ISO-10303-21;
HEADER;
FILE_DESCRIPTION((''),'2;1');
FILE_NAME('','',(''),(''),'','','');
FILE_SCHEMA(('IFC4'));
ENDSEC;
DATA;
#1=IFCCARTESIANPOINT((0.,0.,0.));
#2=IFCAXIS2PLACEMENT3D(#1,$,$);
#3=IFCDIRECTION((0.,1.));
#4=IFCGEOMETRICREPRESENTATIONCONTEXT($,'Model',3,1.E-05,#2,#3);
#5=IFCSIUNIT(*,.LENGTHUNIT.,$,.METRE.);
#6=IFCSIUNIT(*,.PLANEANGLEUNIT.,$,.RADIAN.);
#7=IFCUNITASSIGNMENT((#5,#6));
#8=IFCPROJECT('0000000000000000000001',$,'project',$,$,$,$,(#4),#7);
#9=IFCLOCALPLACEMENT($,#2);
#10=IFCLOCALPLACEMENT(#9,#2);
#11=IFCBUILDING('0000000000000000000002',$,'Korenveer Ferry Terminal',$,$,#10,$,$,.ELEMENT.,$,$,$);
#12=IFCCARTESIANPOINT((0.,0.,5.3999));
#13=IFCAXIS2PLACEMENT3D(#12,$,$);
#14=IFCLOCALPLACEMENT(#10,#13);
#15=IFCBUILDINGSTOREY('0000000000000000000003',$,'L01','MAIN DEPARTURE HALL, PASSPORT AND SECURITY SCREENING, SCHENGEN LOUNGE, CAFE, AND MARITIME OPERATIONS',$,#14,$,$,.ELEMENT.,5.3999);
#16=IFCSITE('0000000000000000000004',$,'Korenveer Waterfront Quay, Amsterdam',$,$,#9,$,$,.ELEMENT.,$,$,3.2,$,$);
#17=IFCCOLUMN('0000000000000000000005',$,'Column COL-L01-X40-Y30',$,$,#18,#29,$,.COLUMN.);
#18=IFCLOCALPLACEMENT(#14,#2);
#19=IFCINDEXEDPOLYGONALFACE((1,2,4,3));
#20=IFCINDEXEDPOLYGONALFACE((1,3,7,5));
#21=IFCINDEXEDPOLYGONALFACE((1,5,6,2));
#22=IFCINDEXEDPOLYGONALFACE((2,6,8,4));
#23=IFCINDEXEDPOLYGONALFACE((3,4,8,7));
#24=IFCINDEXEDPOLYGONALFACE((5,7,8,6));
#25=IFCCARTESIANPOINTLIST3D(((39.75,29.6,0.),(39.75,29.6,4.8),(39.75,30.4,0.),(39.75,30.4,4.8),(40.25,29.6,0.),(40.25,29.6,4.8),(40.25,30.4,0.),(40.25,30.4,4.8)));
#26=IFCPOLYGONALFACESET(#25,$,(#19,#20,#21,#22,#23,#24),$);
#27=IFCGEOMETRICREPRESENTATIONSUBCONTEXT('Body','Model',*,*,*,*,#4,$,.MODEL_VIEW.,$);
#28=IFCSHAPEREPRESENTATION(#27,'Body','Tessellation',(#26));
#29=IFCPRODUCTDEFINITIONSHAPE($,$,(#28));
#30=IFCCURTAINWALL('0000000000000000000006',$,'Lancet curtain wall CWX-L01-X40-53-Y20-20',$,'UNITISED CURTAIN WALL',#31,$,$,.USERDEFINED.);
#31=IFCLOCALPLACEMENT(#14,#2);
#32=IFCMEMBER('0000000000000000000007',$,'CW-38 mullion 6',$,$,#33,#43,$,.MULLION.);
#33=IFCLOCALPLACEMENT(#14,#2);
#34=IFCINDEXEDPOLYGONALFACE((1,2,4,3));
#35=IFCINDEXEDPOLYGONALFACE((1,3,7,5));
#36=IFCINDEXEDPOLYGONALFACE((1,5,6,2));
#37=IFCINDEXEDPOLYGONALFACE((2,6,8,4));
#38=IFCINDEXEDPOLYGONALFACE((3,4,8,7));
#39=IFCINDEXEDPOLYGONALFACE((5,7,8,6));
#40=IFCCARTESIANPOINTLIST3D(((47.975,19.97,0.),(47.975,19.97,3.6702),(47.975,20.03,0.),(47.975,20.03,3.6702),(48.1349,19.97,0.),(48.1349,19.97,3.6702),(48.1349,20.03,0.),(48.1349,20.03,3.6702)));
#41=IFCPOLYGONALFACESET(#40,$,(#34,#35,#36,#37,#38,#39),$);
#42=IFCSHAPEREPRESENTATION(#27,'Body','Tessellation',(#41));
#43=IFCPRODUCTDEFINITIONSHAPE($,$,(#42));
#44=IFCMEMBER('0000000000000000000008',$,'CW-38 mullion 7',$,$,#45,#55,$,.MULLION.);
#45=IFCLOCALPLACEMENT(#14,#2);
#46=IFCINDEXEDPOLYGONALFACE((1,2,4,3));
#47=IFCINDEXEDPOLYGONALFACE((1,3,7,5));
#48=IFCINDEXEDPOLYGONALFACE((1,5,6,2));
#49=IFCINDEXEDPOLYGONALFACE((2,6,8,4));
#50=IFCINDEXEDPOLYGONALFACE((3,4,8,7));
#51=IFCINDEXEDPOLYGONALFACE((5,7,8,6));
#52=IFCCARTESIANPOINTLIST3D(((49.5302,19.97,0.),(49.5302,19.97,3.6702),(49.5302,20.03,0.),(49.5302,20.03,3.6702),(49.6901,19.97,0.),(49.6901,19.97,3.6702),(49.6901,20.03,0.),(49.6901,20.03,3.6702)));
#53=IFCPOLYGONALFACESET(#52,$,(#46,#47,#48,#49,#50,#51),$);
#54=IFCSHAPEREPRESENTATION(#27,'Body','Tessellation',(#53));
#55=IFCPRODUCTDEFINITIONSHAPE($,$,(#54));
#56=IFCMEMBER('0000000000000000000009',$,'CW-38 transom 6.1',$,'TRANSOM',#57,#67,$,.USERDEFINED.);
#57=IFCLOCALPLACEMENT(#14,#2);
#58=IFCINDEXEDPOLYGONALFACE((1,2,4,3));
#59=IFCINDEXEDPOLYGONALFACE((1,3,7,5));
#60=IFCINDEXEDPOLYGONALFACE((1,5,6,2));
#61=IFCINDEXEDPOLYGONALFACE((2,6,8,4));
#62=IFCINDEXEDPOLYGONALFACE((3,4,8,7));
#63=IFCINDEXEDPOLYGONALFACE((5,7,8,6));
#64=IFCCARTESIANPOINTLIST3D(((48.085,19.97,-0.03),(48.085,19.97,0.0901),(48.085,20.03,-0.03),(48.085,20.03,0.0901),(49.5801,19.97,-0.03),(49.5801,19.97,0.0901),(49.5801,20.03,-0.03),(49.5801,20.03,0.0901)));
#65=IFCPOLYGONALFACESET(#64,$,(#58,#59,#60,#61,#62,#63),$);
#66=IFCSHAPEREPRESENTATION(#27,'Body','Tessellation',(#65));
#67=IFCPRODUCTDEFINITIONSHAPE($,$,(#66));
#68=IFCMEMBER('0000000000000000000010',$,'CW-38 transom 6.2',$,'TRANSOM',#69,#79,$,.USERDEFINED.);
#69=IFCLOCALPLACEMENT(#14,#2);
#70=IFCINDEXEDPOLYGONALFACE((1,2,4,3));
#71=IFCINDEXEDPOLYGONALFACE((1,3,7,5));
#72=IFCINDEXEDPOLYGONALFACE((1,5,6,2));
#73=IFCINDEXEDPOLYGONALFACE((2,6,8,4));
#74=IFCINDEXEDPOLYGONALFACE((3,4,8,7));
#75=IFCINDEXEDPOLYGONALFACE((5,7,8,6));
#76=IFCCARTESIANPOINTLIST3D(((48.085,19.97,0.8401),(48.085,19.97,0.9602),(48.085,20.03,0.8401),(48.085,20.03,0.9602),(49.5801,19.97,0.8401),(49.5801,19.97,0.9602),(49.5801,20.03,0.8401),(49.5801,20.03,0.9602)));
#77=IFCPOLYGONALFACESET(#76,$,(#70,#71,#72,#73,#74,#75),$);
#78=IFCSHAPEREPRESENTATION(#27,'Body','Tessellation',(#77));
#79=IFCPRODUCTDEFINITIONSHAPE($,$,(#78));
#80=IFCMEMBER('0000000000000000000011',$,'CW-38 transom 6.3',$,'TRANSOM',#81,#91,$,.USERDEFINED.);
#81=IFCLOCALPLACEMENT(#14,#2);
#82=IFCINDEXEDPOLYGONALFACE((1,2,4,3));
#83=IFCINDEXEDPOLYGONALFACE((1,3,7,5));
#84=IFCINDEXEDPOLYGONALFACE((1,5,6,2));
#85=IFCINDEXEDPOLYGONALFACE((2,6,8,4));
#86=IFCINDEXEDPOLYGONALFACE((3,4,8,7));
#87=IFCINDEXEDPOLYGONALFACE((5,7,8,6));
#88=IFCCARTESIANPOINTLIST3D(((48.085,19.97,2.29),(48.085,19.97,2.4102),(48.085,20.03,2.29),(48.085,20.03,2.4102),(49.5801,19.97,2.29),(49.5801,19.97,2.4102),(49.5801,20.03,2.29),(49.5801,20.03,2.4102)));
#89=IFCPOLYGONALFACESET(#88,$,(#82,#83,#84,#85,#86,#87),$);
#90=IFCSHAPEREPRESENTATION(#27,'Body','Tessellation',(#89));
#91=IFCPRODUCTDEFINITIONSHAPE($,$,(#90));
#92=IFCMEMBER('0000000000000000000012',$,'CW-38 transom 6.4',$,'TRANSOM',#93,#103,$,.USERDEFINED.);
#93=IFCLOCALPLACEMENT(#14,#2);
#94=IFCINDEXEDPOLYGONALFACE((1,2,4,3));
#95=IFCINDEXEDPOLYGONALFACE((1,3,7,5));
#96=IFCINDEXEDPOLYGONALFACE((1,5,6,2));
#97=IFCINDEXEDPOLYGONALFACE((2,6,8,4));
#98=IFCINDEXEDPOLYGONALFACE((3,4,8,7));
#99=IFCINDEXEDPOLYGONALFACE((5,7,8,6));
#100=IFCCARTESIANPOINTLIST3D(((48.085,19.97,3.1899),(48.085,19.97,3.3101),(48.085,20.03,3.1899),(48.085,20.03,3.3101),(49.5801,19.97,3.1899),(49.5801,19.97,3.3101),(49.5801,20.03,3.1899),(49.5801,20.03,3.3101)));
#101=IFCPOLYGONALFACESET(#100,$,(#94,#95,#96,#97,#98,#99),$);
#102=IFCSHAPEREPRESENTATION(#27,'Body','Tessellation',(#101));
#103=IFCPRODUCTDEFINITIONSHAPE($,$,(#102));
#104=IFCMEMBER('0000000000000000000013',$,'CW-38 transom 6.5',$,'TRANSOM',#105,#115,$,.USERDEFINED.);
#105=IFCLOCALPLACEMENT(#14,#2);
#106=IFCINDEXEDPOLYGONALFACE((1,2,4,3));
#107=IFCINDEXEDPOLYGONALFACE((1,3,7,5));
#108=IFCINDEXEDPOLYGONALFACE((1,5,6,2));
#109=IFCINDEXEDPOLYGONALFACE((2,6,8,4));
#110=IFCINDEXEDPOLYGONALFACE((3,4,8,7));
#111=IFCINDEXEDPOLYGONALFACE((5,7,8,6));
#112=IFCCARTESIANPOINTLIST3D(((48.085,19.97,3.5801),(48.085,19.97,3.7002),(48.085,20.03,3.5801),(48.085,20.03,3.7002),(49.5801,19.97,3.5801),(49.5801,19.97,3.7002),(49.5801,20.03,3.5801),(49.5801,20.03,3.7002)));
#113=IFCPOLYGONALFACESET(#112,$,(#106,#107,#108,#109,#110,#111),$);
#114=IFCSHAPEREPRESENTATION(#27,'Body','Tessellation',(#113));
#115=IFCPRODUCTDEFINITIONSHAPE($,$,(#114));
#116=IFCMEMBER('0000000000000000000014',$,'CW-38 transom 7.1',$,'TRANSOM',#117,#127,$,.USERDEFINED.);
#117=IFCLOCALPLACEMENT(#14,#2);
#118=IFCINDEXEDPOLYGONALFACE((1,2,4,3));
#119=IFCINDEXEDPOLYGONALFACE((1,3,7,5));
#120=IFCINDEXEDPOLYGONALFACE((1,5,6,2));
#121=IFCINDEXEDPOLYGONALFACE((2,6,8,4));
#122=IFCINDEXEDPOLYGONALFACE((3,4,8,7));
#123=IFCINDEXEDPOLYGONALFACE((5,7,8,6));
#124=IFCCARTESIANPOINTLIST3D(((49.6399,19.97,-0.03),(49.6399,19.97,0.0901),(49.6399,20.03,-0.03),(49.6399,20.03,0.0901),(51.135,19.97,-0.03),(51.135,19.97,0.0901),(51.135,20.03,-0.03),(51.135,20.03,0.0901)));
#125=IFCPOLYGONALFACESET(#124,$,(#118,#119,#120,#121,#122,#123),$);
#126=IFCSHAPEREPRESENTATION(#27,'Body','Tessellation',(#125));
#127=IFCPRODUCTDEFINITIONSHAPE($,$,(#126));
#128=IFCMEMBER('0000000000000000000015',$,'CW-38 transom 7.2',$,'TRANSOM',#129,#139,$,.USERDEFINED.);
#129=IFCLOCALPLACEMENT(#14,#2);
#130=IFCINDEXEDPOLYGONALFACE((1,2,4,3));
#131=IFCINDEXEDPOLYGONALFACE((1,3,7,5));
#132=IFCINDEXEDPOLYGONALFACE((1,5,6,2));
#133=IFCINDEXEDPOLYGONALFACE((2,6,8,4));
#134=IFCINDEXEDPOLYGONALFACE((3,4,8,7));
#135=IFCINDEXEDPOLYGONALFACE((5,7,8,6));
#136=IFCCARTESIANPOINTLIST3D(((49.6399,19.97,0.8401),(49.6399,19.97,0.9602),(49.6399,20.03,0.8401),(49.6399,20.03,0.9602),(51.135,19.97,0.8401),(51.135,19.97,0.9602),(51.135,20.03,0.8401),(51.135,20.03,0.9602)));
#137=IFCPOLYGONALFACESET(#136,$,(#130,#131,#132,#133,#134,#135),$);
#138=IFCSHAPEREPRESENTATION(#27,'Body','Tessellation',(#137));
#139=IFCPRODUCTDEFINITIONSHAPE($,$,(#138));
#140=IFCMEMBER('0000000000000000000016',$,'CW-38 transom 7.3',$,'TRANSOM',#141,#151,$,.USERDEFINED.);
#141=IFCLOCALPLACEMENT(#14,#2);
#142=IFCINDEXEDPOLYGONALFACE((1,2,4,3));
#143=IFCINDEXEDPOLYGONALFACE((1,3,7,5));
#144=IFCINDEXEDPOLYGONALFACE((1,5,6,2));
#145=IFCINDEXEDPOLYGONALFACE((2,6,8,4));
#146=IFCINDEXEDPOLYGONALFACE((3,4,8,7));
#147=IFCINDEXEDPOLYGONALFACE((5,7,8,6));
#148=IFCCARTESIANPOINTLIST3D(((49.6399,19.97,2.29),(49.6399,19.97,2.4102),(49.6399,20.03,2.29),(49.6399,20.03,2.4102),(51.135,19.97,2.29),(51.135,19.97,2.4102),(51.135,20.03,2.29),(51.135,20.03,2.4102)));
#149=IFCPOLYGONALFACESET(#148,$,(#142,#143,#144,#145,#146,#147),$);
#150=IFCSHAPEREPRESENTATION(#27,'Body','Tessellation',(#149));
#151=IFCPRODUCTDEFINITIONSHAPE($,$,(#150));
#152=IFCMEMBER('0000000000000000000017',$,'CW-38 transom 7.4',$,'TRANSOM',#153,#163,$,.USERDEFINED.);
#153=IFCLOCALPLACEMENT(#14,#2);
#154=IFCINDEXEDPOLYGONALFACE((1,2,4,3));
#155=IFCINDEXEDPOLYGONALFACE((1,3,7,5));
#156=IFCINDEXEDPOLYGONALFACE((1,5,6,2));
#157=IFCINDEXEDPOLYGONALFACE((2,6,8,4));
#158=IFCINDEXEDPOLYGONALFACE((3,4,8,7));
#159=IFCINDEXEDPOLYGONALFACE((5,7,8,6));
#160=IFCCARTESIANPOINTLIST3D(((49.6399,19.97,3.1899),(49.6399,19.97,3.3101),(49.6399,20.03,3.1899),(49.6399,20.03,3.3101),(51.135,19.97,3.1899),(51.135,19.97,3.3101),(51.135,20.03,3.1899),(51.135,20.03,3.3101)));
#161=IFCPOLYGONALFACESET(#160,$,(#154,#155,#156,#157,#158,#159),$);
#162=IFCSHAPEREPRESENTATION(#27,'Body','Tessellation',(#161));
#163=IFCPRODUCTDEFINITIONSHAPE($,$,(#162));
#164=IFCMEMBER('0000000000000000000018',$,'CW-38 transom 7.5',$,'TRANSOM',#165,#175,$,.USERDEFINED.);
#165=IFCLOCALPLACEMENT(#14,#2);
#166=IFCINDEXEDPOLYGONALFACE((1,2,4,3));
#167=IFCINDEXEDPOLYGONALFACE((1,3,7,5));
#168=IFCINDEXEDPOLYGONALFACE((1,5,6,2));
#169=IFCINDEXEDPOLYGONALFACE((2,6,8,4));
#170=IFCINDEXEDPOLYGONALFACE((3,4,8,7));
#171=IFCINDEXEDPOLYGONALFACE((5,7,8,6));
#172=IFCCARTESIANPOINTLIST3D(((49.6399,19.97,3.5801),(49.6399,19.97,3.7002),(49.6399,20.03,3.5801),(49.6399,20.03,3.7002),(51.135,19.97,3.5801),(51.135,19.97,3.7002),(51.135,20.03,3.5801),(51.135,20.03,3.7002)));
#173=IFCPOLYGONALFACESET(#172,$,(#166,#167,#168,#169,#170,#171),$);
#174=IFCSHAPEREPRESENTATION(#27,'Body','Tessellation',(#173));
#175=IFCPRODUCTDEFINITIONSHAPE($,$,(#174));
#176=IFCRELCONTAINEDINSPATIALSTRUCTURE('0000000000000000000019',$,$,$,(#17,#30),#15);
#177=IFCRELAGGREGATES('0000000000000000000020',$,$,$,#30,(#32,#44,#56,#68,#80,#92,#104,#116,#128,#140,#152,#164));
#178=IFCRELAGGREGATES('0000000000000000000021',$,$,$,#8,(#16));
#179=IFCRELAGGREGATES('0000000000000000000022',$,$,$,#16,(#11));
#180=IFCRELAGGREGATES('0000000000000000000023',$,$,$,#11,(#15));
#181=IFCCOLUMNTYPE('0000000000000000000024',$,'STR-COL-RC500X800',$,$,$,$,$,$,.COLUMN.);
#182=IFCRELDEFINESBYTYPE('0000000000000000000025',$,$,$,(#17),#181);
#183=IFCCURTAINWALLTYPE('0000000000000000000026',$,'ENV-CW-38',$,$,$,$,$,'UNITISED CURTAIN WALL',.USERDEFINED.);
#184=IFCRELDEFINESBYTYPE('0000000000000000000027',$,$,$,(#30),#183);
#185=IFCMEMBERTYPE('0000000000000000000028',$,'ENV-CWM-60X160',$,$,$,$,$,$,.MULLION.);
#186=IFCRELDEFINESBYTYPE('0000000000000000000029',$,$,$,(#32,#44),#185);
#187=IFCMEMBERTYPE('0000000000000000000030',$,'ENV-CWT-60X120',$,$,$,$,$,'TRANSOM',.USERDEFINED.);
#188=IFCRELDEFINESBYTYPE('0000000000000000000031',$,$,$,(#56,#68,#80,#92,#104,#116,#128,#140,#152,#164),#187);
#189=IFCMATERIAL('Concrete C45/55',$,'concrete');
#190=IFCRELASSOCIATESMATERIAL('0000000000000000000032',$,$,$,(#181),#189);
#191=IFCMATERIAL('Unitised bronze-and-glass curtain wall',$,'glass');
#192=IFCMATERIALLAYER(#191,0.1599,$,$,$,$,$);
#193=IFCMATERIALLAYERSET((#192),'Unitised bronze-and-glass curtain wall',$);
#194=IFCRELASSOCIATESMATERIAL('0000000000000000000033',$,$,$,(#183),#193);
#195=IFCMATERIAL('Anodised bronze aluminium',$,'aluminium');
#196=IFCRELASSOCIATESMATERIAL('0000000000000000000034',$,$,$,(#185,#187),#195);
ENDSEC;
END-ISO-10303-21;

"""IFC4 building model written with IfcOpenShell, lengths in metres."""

from ifc_helpers import new_model, si_unit, direction, frame, origin, origin_2d, place, context, subcontext, project, spatial, rectangle, extrude, material, layer, layer_set, material_profile, profile_set, type_object, element, aggregate, save


model = new_model("IFC4")

# Units and contexts
model_context = context("Model", 3, precision=1e-05, world=origin(), true_north=direction((0.0, 1.0)))
body_context = subcontext(model_context, "Body", "Model", "MODEL_VIEW")
ifc_project = project(units=[si_unit("LENGTHUNIT", "METRE"), si_unit("PLANEANGLEUNIT", "RADIAN")], contexts=[model_context])

# Site, building, storey
site_placement = place(None, origin())
site = spatial("IfcSite", under=ifc_project, at=site_placement, Name="Korenveer Waterfront Quay, Amsterdam", CompositionType="ELEMENT", RefElevation=3.2)
building_placement = place(site_placement, origin())
building = spatial("IfcBuilding", under=site, at=building_placement, Name="Korenveer Ferry Terminal", CompositionType="ELEMENT")
storey_placement = place(building_placement, frame((0.0, 0.0, 5.3999)))
storey = spatial("IfcBuildingStorey", under=building, at=storey_placement, Name="L01", Description="MAIN DEPARTURE HALL, PASSPORT AND SECURITY SCREENING, SCHENGEN LOUNGE, CAFE, AND MARITIME OPERATIONS", CompositionType="ELEMENT", Elevation=5.3999)

# Column
ifc_material_1 = material(Name="Concrete C45/55", Category="concrete")
ifc_material_profile_1 = material_profile(ifc_material_1, rectangle(XDim=0.5, YDim=0.8, at=origin_2d()), Name="RC 500x800")
ifc_profile_set_1 = profile_set([ifc_material_profile_1], Name="Concrete C45/55")
column_type = type_object("IfcColumnType", Name="STR-COL-RC500X800", PredefinedType="COLUMN", material=ifc_profile_set_1)
column_placement = place(storey_placement, frame((40.0, 30.0, 0.0), z_axis=(0.0, 0.0, 1.0), x_axis=(1.0, 0.0, 0.0)))
element("IfcColumn", 1, at=column_placement, inside=storey, type_object=column_type, Name="Column COL-L01-X40-Y30", PredefinedType="COLUMN", context=body_context, shape_type="SweptSolid", body=[
    extrude(rectangle(XDim=0.5, YDim=0.8, at=origin_2d()), origin(), (0.0, 0.0, 1.0), 4.8),
])

# Curtain wall, members
ifc_material_2 = material(Name="Unitised bronze-and-glass curtain wall", Category="glass")
ifc_layer_1 = layer(ifc_material_2, 0.1599)
ifc_layer_set_1 = layer_set([ifc_layer_1], Name="Unitised bronze-and-glass curtain wall")
curtain_wall_type = type_object("IfcCurtainWallType", Name="ENV-CW-38", ElementType="UNITISED CURTAIN WALL", PredefinedType="USERDEFINED", material=ifc_layer_set_1)
curtain_wall_placement = place(storey_placement, frame((40.28, 20.0, 0.0)))
curtain_wall = element("IfcCurtainWall", 2, at=curtain_wall_placement, inside=storey, type_object=curtain_wall_type, Name="Lancet curtain wall CWX-L01-X40-53-Y20-20", ObjectType="UNITISED CURTAIN WALL", PredefinedType="USERDEFINED")
ifc_material_3 = material(Name="Anodised bronze aluminium", Category="aluminium")
ifc_material_profile_2 = material_profile(ifc_material_3, rectangle(XDim=0.0601, YDim=0.1599, at=origin_2d()), Name="ALU 60x160")
ifc_profile_set_2 = profile_set([ifc_material_profile_2], Name="Anodised bronze aluminium")
member_type_1 = type_object("IfcMemberType", Name="ENV-CWM-60X160", PredefinedType="MULLION", material=ifc_profile_set_2)
member_1_placement = place(storey_placement, frame((48.0549, 20.0, 0.0), z_axis=(0.0, 0.0, 1.0), x_axis=(0.0, 1.0, 0.0)))
member_1 = element("IfcMember", 3, at=member_1_placement, type_object=member_type_1, Name="CW-38 mullion 6", PredefinedType="MULLION", context=body_context, shape_type="SweptSolid", body=[
    extrude(rectangle(XDim=0.0601, YDim=0.1599, at=origin_2d()), origin(), (0.0, 0.0, 1.0), 3.6702),
])
member_2_placement = place(storey_placement, frame((49.6101, 20.0, 0.0), z_axis=(0.0, 0.0, 1.0), x_axis=(0.0, 1.0, 0.0)))
member_2 = element("IfcMember", 4, at=member_2_placement, type_object=member_type_1, Name="CW-38 mullion 7", PredefinedType="MULLION", context=body_context, shape_type="SweptSolid", body=[
    extrude(rectangle(XDim=0.0601, YDim=0.1599, at=origin_2d()), origin(), (0.0, 0.0, 1.0), 3.6702),
])
ifc_material_profile_3 = material_profile(ifc_material_3, rectangle(XDim=0.0601, YDim=0.1201, at=origin_2d()), Name="ALU 60x120")
ifc_profile_set_3 = profile_set([ifc_material_profile_3], Name="Anodised bronze aluminium")
member_type_2 = type_object("IfcMemberType", Name="ENV-CWT-60X120", ElementType="TRANSOM", PredefinedType="USERDEFINED", material=ifc_profile_set_3)
member_3_placement = place(storey_placement, frame((48.085, 20.0, 0.03), z_axis=(1.0, 0.0, 0.0), x_axis=(0.0, 1.0, 0.0)))
member_3 = element("IfcMember", 5, at=member_3_placement, type_object=member_type_2, Name="CW-38 transom 6.1", ObjectType="TRANSOM", PredefinedType="USERDEFINED", context=body_context, shape_type="SweptSolid", body=[
    extrude(rectangle(XDim=0.0601, YDim=0.1201, at=origin_2d()), origin(), (0.0, 0.0, 1.0), 1.4951),
])
member_4_placement = place(storey_placement, frame((48.085, 20.0, 0.9001), z_axis=(1.0, 0.0, 0.0), x_axis=(0.0, 1.0, 0.0)))
member_4 = element("IfcMember", 6, at=member_4_placement, type_object=member_type_2, Name="CW-38 transom 6.2", ObjectType="TRANSOM", PredefinedType="USERDEFINED", context=body_context, shape_type="SweptSolid", body=[
    extrude(rectangle(XDim=0.0601, YDim=0.1201, at=origin_2d()), origin(), (0.0, 0.0, 1.0), 1.4951),
])
member_5_placement = place(storey_placement, frame((48.085, 20.0, 2.3501), z_axis=(1.0, 0.0, 0.0), x_axis=(0.0, 1.0, 0.0)))
member_5 = element("IfcMember", 7, at=member_5_placement, type_object=member_type_2, Name="CW-38 transom 6.3", ObjectType="TRANSOM", PredefinedType="USERDEFINED", context=body_context, shape_type="SweptSolid", body=[
    extrude(rectangle(XDim=0.0601, YDim=0.1201, at=origin_2d()), origin(), (0.0, 0.0, 1.0), 1.4951),
])
member_6_placement = place(storey_placement, frame((48.085, 20.0, 3.25), z_axis=(1.0, 0.0, 0.0), x_axis=(0.0, 1.0, 0.0)))
member_6 = element("IfcMember", 8, at=member_6_placement, type_object=member_type_2, Name="CW-38 transom 6.4", ObjectType="TRANSOM", PredefinedType="USERDEFINED", context=body_context, shape_type="SweptSolid", body=[
    extrude(rectangle(XDim=0.0601, YDim=0.1201, at=origin_2d()), origin(), (0.0, 0.0, 1.0), 1.4951),
])
member_7_placement = place(storey_placement, frame((48.085, 20.0, 3.6401), z_axis=(1.0, 0.0, 0.0), x_axis=(0.0, 1.0, 0.0)))
member_7 = element("IfcMember", 9, at=member_7_placement, type_object=member_type_2, Name="CW-38 transom 6.5", ObjectType="TRANSOM", PredefinedType="USERDEFINED", context=body_context, shape_type="SweptSolid", body=[
    extrude(rectangle(XDim=0.0601, YDim=0.1201, at=origin_2d()), origin(), (0.0, 0.0, 1.0), 1.4951),
])
member_8_placement = place(storey_placement, frame((49.6399, 20.0, 0.03), z_axis=(1.0, 0.0, 0.0), x_axis=(0.0, 1.0, 0.0)))
member_8 = element("IfcMember", 10, at=member_8_placement, type_object=member_type_2, Name="CW-38 transom 7.1", ObjectType="TRANSOM", PredefinedType="USERDEFINED", context=body_context, shape_type="SweptSolid", body=[
    extrude(rectangle(XDim=0.0601, YDim=0.1201, at=origin_2d()), origin(), (0.0, 0.0, 1.0), 1.4951),
])
member_9_placement = place(storey_placement, frame((49.6399, 20.0, 0.9001), z_axis=(1.0, 0.0, 0.0), x_axis=(0.0, 1.0, 0.0)))
member_9 = element("IfcMember", 11, at=member_9_placement, type_object=member_type_2, Name="CW-38 transom 7.2", ObjectType="TRANSOM", PredefinedType="USERDEFINED", context=body_context, shape_type="SweptSolid", body=[
    extrude(rectangle(XDim=0.0601, YDim=0.1201, at=origin_2d()), origin(), (0.0, 0.0, 1.0), 1.4951),
])
member_10_placement = place(storey_placement, frame((49.6399, 20.0, 2.3501), z_axis=(1.0, 0.0, 0.0), x_axis=(0.0, 1.0, 0.0)))
member_10 = element("IfcMember", 12, at=member_10_placement, type_object=member_type_2, Name="CW-38 transom 7.3", ObjectType="TRANSOM", PredefinedType="USERDEFINED", context=body_context, shape_type="SweptSolid", body=[
    extrude(rectangle(XDim=0.0601, YDim=0.1201, at=origin_2d()), origin(), (0.0, 0.0, 1.0), 1.4951),
])
member_11_placement = place(storey_placement, frame((49.6399, 20.0, 3.25), z_axis=(1.0, 0.0, 0.0), x_axis=(0.0, 1.0, 0.0)))
member_11 = element("IfcMember", 13, at=member_11_placement, type_object=member_type_2, Name="CW-38 transom 7.4", ObjectType="TRANSOM", PredefinedType="USERDEFINED", context=body_context, shape_type="SweptSolid", body=[
    extrude(rectangle(XDim=0.0601, YDim=0.1201, at=origin_2d()), origin(), (0.0, 0.0, 1.0), 1.4951),
])
member_12_placement = place(storey_placement, frame((49.6399, 20.0, 3.6401), z_axis=(1.0, 0.0, 0.0), x_axis=(0.0, 1.0, 0.0)))
member_12 = element("IfcMember", 14, at=member_12_placement, type_object=member_type_2, Name="CW-38 transom 7.5", ObjectType="TRANSOM", PredefinedType="USERDEFINED", context=body_context, shape_type="SweptSolid", body=[
    extrude(rectangle(XDim=0.0601, YDim=0.1201, at=origin_2d()), origin(), (0.0, 0.0, 1.0), 1.4951),
])

aggregate(curtain_wall, [member_1, member_2, member_3, member_4, member_5, member_6, member_7, member_8, member_9, member_10, member_11, member_12])

save(model, "model.ifc")
